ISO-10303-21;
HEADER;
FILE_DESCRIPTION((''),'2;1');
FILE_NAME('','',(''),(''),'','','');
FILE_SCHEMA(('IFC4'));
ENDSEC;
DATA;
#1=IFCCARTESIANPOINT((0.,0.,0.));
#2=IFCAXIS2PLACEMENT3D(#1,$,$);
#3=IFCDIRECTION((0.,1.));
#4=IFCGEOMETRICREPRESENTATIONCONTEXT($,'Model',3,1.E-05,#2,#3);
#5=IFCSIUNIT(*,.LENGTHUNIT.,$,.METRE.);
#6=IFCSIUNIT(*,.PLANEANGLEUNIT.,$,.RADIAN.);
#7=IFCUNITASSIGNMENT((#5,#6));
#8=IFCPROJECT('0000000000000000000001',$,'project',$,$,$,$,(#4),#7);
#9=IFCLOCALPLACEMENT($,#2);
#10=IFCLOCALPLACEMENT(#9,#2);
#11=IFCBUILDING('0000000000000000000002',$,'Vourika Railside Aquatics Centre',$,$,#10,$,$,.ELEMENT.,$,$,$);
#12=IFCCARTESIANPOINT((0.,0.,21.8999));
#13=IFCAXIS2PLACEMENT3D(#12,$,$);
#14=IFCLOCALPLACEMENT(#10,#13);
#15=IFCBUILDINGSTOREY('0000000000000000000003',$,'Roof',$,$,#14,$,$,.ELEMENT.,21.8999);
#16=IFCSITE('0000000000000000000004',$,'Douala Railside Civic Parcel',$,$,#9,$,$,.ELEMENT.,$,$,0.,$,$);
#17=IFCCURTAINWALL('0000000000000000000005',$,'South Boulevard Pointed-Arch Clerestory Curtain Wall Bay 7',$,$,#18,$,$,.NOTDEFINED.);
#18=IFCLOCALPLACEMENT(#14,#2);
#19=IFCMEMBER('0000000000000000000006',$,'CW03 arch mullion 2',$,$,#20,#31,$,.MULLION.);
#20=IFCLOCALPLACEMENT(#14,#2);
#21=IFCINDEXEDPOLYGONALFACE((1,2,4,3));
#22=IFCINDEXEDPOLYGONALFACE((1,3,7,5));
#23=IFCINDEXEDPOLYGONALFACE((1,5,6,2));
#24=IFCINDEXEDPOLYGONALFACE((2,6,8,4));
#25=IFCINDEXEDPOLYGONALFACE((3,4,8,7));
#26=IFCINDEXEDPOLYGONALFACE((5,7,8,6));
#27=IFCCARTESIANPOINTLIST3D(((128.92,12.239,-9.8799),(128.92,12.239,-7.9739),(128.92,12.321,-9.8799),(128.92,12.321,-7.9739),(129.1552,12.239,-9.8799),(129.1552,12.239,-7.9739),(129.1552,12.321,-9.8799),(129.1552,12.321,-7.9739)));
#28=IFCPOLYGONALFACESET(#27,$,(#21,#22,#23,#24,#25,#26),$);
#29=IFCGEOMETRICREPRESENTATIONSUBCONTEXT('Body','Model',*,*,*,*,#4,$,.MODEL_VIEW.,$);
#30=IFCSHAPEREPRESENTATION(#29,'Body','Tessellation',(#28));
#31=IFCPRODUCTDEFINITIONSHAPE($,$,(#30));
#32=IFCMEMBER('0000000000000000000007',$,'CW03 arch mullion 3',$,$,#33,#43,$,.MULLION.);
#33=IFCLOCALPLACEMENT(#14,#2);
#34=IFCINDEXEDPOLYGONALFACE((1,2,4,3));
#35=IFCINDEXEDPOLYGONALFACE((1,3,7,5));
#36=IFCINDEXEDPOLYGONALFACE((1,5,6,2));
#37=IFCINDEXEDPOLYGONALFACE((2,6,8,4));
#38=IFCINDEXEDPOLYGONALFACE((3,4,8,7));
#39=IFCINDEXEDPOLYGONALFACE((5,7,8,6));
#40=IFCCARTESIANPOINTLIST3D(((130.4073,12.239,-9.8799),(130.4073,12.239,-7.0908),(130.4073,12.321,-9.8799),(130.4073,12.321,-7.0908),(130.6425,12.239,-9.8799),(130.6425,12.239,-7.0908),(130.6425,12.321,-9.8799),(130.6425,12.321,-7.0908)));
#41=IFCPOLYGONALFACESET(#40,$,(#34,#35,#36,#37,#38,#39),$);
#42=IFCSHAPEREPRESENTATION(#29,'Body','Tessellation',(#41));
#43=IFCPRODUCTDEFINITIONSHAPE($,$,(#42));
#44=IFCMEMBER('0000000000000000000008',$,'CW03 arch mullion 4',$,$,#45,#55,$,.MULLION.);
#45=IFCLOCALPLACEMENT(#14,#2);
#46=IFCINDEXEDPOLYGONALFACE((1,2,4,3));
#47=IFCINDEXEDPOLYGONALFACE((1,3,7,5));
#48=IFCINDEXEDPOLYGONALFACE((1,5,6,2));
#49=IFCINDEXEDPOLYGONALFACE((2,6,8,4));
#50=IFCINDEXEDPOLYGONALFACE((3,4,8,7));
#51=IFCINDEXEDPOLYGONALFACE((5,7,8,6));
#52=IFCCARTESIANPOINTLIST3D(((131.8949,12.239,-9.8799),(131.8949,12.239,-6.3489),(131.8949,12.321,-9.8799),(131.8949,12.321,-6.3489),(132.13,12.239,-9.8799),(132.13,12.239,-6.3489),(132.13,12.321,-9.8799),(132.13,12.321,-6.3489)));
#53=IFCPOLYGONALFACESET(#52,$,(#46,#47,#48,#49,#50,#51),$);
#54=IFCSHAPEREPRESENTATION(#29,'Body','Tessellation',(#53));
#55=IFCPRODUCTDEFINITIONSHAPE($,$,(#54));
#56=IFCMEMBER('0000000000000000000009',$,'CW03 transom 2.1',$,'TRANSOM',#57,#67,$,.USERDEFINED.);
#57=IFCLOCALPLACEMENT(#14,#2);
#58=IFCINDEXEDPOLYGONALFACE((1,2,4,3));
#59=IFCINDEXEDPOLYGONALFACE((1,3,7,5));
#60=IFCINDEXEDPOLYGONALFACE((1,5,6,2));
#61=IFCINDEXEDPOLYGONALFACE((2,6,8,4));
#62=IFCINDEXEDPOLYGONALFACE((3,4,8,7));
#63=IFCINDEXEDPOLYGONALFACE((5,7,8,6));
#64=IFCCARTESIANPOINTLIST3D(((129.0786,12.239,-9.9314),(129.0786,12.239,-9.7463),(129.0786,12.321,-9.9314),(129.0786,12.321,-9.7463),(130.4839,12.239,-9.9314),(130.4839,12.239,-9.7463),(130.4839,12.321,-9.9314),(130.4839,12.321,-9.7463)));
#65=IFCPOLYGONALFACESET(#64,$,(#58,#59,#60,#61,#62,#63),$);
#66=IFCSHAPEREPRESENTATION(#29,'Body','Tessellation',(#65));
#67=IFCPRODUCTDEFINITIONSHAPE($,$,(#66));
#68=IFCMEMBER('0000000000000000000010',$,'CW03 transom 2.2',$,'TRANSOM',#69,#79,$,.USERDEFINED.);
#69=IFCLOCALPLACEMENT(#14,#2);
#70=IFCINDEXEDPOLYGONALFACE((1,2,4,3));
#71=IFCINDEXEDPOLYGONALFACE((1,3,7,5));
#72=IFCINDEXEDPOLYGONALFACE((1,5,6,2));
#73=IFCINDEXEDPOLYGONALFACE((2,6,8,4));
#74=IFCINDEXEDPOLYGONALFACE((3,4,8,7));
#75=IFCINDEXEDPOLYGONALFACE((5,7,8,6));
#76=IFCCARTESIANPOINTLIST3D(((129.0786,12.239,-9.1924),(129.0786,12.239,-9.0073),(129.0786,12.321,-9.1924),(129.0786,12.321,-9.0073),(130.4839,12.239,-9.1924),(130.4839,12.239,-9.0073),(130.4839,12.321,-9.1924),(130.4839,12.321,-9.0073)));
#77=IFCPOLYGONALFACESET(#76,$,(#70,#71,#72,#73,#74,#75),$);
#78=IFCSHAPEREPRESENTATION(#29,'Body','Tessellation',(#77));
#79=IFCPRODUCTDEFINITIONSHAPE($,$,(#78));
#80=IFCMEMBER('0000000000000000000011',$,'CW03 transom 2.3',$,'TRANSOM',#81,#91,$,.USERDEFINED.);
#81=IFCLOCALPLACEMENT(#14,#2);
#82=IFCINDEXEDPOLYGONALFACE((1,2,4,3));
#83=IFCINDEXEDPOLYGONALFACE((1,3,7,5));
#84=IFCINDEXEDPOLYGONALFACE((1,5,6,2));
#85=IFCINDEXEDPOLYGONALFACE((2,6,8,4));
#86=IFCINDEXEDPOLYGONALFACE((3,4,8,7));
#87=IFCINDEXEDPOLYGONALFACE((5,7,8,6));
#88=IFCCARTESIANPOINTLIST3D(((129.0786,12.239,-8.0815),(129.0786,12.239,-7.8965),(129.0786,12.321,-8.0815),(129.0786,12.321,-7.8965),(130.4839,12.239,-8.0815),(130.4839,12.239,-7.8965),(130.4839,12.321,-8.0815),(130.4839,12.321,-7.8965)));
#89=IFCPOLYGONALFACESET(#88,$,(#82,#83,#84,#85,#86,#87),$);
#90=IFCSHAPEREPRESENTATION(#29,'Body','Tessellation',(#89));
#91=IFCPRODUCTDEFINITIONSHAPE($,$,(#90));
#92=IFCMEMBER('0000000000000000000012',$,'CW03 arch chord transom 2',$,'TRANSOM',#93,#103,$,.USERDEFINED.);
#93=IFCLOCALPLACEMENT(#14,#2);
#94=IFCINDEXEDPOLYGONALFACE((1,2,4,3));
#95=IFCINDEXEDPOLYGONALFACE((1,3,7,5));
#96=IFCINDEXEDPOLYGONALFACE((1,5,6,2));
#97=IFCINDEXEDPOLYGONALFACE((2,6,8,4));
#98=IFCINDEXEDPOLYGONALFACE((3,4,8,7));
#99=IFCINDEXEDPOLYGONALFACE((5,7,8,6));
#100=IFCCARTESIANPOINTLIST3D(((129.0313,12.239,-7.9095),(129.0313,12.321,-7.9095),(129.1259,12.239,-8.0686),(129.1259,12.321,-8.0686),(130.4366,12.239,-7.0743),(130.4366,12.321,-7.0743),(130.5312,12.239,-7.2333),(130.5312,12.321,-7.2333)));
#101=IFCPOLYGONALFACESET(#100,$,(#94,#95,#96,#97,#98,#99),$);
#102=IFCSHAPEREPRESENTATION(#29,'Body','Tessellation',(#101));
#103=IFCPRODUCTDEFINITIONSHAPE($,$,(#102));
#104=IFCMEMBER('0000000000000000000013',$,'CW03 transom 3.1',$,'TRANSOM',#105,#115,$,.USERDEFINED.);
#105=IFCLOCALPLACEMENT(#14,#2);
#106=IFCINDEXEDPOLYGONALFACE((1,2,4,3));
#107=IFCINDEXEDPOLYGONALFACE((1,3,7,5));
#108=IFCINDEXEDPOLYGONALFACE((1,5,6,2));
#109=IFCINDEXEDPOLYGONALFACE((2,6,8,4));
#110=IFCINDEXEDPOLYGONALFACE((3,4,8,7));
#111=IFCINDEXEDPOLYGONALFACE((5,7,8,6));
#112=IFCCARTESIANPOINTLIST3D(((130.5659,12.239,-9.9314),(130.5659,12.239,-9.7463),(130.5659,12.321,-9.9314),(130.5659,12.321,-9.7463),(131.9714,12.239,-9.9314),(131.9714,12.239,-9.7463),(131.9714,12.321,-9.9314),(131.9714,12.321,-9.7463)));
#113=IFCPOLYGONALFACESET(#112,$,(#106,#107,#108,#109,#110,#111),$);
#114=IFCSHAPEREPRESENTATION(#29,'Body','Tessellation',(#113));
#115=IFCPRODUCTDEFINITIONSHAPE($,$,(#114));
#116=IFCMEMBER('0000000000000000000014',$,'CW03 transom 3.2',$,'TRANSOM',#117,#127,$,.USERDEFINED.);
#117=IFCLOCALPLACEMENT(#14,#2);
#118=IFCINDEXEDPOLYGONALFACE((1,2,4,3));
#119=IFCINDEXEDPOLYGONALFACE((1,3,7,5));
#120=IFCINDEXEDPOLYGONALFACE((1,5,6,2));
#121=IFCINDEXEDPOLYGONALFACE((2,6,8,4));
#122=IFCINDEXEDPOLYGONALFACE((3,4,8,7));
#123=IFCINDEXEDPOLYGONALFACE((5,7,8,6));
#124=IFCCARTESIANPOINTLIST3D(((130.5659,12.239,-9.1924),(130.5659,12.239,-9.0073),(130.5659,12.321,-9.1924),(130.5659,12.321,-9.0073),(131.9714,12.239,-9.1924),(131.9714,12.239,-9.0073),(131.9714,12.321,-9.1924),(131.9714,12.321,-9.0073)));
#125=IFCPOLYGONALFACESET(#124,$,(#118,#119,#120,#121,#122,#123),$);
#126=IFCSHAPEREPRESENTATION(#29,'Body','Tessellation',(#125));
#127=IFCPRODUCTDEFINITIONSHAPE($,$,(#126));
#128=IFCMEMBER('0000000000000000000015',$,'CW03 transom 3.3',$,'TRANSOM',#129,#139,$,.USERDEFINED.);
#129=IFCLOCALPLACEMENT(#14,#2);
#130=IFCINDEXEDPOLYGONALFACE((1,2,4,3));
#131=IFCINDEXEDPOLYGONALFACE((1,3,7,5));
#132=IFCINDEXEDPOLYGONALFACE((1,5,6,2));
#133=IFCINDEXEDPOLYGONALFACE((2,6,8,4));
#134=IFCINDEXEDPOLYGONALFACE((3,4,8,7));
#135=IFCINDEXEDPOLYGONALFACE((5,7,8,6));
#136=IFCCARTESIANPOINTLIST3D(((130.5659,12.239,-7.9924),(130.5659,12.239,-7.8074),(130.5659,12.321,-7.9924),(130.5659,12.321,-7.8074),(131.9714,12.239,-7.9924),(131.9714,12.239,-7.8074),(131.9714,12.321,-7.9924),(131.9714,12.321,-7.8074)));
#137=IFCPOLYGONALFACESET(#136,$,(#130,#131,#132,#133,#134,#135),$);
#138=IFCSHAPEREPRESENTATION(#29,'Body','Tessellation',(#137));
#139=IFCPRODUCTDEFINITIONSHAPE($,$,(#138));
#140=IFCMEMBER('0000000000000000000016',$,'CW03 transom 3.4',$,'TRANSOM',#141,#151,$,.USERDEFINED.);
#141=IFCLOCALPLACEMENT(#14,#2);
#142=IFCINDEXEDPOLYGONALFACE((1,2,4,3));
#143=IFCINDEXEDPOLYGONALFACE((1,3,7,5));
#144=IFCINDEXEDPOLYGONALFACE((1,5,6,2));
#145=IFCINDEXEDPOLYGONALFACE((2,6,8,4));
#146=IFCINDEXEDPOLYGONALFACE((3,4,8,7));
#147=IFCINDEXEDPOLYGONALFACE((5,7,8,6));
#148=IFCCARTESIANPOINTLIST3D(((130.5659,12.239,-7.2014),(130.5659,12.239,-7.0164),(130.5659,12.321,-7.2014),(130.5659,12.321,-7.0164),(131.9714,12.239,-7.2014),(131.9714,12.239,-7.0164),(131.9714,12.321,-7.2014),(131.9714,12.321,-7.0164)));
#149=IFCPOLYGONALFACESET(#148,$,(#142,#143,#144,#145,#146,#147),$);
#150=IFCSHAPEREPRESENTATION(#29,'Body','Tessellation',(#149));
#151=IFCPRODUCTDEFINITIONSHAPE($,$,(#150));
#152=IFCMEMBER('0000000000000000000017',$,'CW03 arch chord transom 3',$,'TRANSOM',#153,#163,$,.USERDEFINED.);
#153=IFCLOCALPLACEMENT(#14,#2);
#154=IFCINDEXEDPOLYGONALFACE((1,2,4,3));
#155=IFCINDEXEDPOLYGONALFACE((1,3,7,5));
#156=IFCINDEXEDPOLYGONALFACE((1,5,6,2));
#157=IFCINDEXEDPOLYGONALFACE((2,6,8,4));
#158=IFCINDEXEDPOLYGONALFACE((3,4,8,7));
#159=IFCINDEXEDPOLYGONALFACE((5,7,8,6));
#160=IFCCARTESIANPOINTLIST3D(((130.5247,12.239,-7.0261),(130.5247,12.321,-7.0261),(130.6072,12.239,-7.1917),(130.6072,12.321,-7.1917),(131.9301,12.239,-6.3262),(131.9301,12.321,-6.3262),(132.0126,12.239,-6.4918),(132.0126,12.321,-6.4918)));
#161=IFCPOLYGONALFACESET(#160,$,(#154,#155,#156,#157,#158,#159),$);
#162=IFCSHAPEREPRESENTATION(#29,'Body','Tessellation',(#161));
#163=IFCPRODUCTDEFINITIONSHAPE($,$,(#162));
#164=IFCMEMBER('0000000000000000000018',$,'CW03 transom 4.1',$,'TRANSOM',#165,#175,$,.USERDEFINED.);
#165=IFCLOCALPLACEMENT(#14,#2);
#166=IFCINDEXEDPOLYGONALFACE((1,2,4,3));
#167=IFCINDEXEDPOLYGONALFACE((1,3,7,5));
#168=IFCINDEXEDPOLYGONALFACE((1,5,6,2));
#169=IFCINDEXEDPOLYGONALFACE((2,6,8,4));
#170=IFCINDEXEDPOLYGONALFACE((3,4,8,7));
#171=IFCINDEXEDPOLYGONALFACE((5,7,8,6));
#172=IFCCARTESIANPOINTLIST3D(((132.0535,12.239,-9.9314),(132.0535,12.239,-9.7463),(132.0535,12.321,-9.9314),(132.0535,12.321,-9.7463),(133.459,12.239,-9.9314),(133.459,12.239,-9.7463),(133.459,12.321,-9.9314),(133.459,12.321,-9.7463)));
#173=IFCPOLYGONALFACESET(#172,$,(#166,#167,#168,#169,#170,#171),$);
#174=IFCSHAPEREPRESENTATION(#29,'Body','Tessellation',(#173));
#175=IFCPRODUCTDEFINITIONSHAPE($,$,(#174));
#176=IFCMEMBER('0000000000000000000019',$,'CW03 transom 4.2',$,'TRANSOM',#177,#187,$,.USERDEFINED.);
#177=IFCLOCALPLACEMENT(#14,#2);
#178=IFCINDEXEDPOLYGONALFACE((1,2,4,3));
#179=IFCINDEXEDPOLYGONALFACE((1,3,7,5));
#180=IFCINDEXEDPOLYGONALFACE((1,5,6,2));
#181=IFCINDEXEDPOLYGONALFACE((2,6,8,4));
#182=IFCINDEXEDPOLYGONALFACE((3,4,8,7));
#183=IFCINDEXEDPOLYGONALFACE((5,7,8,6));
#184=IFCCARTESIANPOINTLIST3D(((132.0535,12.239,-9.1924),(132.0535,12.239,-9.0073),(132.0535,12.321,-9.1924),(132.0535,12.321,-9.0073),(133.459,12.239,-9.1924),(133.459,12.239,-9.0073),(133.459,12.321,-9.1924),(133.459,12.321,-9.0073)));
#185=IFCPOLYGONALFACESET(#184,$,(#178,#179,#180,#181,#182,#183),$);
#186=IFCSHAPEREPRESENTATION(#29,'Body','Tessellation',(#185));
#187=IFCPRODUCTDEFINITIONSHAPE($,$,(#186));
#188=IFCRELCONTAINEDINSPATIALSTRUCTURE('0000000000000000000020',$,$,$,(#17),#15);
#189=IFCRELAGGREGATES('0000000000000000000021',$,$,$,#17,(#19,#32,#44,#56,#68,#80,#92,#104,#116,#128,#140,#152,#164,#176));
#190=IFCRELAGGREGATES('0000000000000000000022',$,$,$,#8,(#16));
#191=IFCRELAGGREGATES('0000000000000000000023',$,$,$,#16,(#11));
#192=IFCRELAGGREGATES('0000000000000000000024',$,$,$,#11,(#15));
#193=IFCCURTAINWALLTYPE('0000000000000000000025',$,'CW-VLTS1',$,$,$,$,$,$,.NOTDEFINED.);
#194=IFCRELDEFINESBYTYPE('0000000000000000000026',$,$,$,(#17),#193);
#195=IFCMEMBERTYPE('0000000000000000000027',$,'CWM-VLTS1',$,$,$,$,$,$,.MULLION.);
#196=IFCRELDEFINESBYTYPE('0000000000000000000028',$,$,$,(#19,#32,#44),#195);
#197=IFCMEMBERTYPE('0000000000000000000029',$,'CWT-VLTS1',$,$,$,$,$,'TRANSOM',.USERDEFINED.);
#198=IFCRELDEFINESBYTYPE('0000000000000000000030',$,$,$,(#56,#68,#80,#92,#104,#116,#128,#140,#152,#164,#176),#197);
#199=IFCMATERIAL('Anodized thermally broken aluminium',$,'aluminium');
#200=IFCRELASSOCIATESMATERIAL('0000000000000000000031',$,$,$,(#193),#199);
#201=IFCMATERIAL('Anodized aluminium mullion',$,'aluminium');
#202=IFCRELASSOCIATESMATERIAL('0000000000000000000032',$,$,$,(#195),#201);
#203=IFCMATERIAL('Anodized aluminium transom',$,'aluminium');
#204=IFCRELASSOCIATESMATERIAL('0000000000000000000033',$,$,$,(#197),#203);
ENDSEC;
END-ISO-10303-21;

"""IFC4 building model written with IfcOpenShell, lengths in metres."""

from ifc_helpers import new_model, si_unit, direction, frame, origin, origin_2d, place, context, subcontext, project, spatial, rectangle, extrude, material, material_profile, profile_set, type_object, element, aggregate, save


model = new_model("IFC4")

# Units and contexts
model_context = context("Model", 3, precision=1e-05, world=origin(), true_north=direction((0.0, 1.0)))
body_context = subcontext(model_context, "Body", "Model", "MODEL_VIEW")
ifc_project = project(units=[si_unit("LENGTHUNIT", "METRE"), si_unit("PLANEANGLEUNIT", "RADIAN")], contexts=[model_context])

# Site, building, storey
site_placement = place(None, origin())
site = spatial("IfcSite", under=ifc_project, at=site_placement, Name="Douala Railside Civic Parcel", CompositionType="ELEMENT", RefElevation=0.0)
building_placement = place(site_placement, origin())
building = spatial("IfcBuilding", under=site, at=building_placement, Name="Vourika Railside Aquatics Centre", CompositionType="ELEMENT")
storey_placement = place(building_placement, frame((0.0, 0.0, 21.8999)))
storey = spatial("IfcBuildingStorey", under=building, at=storey_placement, Name="Roof", CompositionType="ELEMENT", Elevation=21.8999)

# Curtain wall, members
ifc_material_1 = material(Name="Anodized thermally broken aluminium", Category="aluminium")
curtain_wall_type = type_object("IfcCurtainWallType", Name="CW-VLTS1", PredefinedType="NOTDEFINED", material=ifc_material_1)
curtain_wall_placement = place(storey_placement, origin())
curtain_wall = element("IfcCurtainWall", 1, at=curtain_wall_placement, inside=storey, type_object=curtain_wall_type, Name="South Boulevard Pointed-Arch Clerestory Curtain Wall Bay 7", PredefinedType="NOTDEFINED")
ifc_material_2 = material(Name="Anodized aluminium mullion", Category="aluminium")
ifc_material_profile_1 = material_profile(ifc_material_2, rectangle(XDim=0.082, YDim=0.2351, at=origin_2d()), Name="ALU-M 82x235")
ifc_profile_set_1 = profile_set([ifc_material_profile_1], Name="Anodized aluminium mullion")
member_type_1 = type_object("IfcMemberType", Name="CWM-VLTS1", PredefinedType="MULLION", material=ifc_profile_set_1)
member_1_placement = place(storey_placement, frame((129.0376, 12.28, -9.8799), z_axis=(0.0, 0.0, 1.0), x_axis=(0.0, 1.0, 0.0)))
member_1 = element("IfcMember", 2, at=member_1_placement, type_object=member_type_1, Name="CW03 arch mullion 2", PredefinedType="MULLION", context=body_context, shape_type="SweptSolid", body=[
    extrude(rectangle(XDim=0.082, YDim=0.2351, at=origin_2d()), origin(), (0.0, 0.0, 1.0), 1.906),
])
member_2_placement = place(storey_placement, frame((130.5249, 12.28, -9.8799), z_axis=(0.0, 0.0, 1.0), x_axis=(0.0, 1.0, 0.0)))
member_2 = element("IfcMember", 3, at=member_2_placement, type_object=member_type_1, Name="CW03 arch mullion 3", PredefinedType="MULLION", context=body_context, shape_type="SweptSolid", body=[
    extrude(rectangle(XDim=0.082, YDim=0.2351, at=origin_2d()), origin(), (0.0, 0.0, 1.0), 2.7891),
])
member_3_placement = place(storey_placement, frame((132.0125, 12.28, -9.8799), z_axis=(0.0, 0.0, 1.0), x_axis=(0.0, 1.0, 0.0)))
member_3 = element("IfcMember", 4, at=member_3_placement, type_object=member_type_1, Name="CW03 arch mullion 4", PredefinedType="MULLION", context=body_context, shape_type="SweptSolid", body=[
    extrude(rectangle(XDim=0.082, YDim=0.2351, at=origin_2d()), origin(), (0.0, 0.0, 1.0), 3.531),
])
ifc_material_3 = material(Name="Anodized aluminium transom", Category="aluminium")
ifc_material_profile_2 = material_profile(ifc_material_3, rectangle(XDim=0.082, YDim=0.1851, at=origin_2d()), Name="ALU-T 82x185")
ifc_profile_set_2 = profile_set([ifc_material_profile_2], Name="Anodized aluminium transom")
member_type_2 = type_object("IfcMemberType", Name="CWT-VLTS1", ElementType="TRANSOM", PredefinedType="USERDEFINED", material=ifc_profile_set_2)
member_4_placement = place(storey_placement, frame((129.0786, 12.28, -9.8389), z_axis=(1.0, 0.0, 0.0), x_axis=(0.0, 1.0, 0.0)))
member_4 = element("IfcMember", 5, at=member_4_placement, type_object=member_type_2, Name="CW03 transom 2.1", ObjectType="TRANSOM", PredefinedType="USERDEFINED", context=body_context, shape_type="SweptSolid", body=[
    extrude(rectangle(XDim=0.082, YDim=0.1851, at=origin_2d()), origin(), (0.0, 0.0, 1.0), 1.4053),
])
member_5_placement = place(storey_placement, frame((129.0786, 12.28, -9.0999), z_axis=(1.0, 0.0, 0.0), x_axis=(0.0, 1.0, 0.0)))
member_5 = element("IfcMember", 6, at=member_5_placement, type_object=member_type_2, Name="CW03 transom 2.2", ObjectType="TRANSOM", PredefinedType="USERDEFINED", context=body_context, shape_type="SweptSolid", body=[
    extrude(rectangle(XDim=0.082, YDim=0.1851, at=origin_2d()), origin(), (0.0, 0.0, 1.0), 1.4053),
])
member_6_placement = place(storey_placement, frame((129.0786, 12.28, -7.989), z_axis=(1.0, 0.0, 0.0), x_axis=(0.0, 1.0, 0.0)))
member_6 = element("IfcMember", 7, at=member_6_placement, type_object=member_type_2, Name="CW03 transom 2.3", ObjectType="TRANSOM", PredefinedType="USERDEFINED", context=body_context, shape_type="SweptSolid", body=[
    extrude(rectangle(XDim=0.082, YDim=0.1851, at=origin_2d()), origin(), (0.0, 0.0, 1.0), 1.4053),
])
member_7_placement = place(storey_placement, frame((129.0786, 12.28, -7.989), z_axis=(0.859633, 0.0, 0.510911), x_axis=(0.0, 1.0, 0.0)))
member_7 = element("IfcMember", 8, at=member_7_placement, type_object=member_type_2, Name="CW03 arch chord transom 2", ObjectType="TRANSOM", PredefinedType="USERDEFINED", context=body_context, shape_type="SweptSolid", body=[
    extrude(rectangle(XDim=0.082, YDim=0.1851, at=origin_2d()), origin(), (0.0, 0.0, 1.0), 1.6348),
])
member_8_placement = place(storey_placement, frame((130.5659, 12.28, -9.8389), z_axis=(1.0, 0.0, 0.0), x_axis=(0.0, 1.0, 0.0)))
member_8 = element("IfcMember", 9, at=member_8_placement, type_object=member_type_2, Name="CW03 transom 3.1", ObjectType="TRANSOM", PredefinedType="USERDEFINED", context=body_context, shape_type="SweptSolid", body=[
    extrude(rectangle(XDim=0.082, YDim=0.1851, at=origin_2d()), origin(), (0.0, 0.0, 1.0), 1.4055),
])
member_9_placement = place(storey_placement, frame((130.5659, 12.28, -9.0999), z_axis=(1.0, 0.0, 0.0), x_axis=(0.0, 1.0, 0.0)))
member_9 = element("IfcMember", 10, at=member_9_placement, type_object=member_type_2, Name="CW03 transom 3.2", ObjectType="TRANSOM", PredefinedType="USERDEFINED", context=body_context, shape_type="SweptSolid", body=[
    extrude(rectangle(XDim=0.082, YDim=0.1851, at=origin_2d()), origin(), (0.0, 0.0, 1.0), 1.4055),
])
member_10_placement = place(storey_placement, frame((130.5659, 12.28, -7.8999), z_axis=(1.0, 0.0, 0.0), x_axis=(0.0, 1.0, 0.0)))
member_10 = element("IfcMember", 11, at=member_10_placement, type_object=member_type_2, Name="CW03 transom 3.3", ObjectType="TRANSOM", PredefinedType="USERDEFINED", context=body_context, shape_type="SweptSolid", body=[
    extrude(rectangle(XDim=0.082, YDim=0.1851, at=origin_2d()), origin(), (0.0, 0.0, 1.0), 1.4055),
])
member_11_placement = place(storey_placement, frame((130.5659, 12.28, -7.1089), z_axis=(1.0, 0.0, 0.0), x_axis=(0.0, 1.0, 0.0)))
member_11 = element("IfcMember", 12, at=member_11_placement, type_object=member_type_2, Name="CW03 transom 3.4", ObjectType="TRANSOM", PredefinedType="USERDEFINED", context=body_context, shape_type="SweptSolid", body=[
    extrude(rectangle(XDim=0.082, YDim=0.1851, at=origin_2d()), origin(), (0.0, 0.0, 1.0), 1.4055),
])
member_12_placement = place(storey_placement, frame((130.5659, 12.28, -7.1089), z_axis=(0.895141, 0.0, 0.445783), x_axis=(0.0, 1.0, 0.0)))
member_12 = element("IfcMember", 13, at=member_12_placement, type_object=member_type_2, Name="CW03 arch chord transom 3", ObjectType="TRANSOM", PredefinedType="USERDEFINED", context=body_context, shape_type="SweptSolid", body=[
    extrude(rectangle(XDim=0.082, YDim=0.1851, at=origin_2d()), origin(), (0.0, 0.0, 1.0), 1.5701),
])
member_13_placement = place(storey_placement, frame((132.0535, 12.28, -9.8389), z_axis=(1.0, 0.0, 0.0), x_axis=(0.0, 1.0, 0.0)))
member_13 = element("IfcMember", 14, at=member_13_placement, type_object=member_type_2, Name="CW03 transom 4.1", ObjectType="TRANSOM", PredefinedType="USERDEFINED", context=body_context, shape_type="SweptSolid", body=[
    extrude(rectangle(XDim=0.082, YDim=0.1851, at=origin_2d()), origin(), (0.0, 0.0, 1.0), 1.4055),
])
member_14_placement = place(storey_placement, frame((132.0535, 12.28, -9.0999), z_axis=(1.0, 0.0, 0.0), x_axis=(0.0, 1.0, 0.0)))
member_14 = element("IfcMember", 15, at=member_14_placement, type_object=member_type_2, Name="CW03 transom 4.2", ObjectType="TRANSOM", PredefinedType="USERDEFINED", context=body_context, shape_type="SweptSolid", body=[
    extrude(rectangle(XDim=0.082, YDim=0.1851, at=origin_2d()), origin(), (0.0, 0.0, 1.0), 1.4055),
])
aggregate(curtain_wall, [member_1, member_2, member_3, member_4, member_5, member_6, member_7, member_8, member_9, member_10, member_11, member_12, member_13, member_14])

save(model, "model.ifc")
